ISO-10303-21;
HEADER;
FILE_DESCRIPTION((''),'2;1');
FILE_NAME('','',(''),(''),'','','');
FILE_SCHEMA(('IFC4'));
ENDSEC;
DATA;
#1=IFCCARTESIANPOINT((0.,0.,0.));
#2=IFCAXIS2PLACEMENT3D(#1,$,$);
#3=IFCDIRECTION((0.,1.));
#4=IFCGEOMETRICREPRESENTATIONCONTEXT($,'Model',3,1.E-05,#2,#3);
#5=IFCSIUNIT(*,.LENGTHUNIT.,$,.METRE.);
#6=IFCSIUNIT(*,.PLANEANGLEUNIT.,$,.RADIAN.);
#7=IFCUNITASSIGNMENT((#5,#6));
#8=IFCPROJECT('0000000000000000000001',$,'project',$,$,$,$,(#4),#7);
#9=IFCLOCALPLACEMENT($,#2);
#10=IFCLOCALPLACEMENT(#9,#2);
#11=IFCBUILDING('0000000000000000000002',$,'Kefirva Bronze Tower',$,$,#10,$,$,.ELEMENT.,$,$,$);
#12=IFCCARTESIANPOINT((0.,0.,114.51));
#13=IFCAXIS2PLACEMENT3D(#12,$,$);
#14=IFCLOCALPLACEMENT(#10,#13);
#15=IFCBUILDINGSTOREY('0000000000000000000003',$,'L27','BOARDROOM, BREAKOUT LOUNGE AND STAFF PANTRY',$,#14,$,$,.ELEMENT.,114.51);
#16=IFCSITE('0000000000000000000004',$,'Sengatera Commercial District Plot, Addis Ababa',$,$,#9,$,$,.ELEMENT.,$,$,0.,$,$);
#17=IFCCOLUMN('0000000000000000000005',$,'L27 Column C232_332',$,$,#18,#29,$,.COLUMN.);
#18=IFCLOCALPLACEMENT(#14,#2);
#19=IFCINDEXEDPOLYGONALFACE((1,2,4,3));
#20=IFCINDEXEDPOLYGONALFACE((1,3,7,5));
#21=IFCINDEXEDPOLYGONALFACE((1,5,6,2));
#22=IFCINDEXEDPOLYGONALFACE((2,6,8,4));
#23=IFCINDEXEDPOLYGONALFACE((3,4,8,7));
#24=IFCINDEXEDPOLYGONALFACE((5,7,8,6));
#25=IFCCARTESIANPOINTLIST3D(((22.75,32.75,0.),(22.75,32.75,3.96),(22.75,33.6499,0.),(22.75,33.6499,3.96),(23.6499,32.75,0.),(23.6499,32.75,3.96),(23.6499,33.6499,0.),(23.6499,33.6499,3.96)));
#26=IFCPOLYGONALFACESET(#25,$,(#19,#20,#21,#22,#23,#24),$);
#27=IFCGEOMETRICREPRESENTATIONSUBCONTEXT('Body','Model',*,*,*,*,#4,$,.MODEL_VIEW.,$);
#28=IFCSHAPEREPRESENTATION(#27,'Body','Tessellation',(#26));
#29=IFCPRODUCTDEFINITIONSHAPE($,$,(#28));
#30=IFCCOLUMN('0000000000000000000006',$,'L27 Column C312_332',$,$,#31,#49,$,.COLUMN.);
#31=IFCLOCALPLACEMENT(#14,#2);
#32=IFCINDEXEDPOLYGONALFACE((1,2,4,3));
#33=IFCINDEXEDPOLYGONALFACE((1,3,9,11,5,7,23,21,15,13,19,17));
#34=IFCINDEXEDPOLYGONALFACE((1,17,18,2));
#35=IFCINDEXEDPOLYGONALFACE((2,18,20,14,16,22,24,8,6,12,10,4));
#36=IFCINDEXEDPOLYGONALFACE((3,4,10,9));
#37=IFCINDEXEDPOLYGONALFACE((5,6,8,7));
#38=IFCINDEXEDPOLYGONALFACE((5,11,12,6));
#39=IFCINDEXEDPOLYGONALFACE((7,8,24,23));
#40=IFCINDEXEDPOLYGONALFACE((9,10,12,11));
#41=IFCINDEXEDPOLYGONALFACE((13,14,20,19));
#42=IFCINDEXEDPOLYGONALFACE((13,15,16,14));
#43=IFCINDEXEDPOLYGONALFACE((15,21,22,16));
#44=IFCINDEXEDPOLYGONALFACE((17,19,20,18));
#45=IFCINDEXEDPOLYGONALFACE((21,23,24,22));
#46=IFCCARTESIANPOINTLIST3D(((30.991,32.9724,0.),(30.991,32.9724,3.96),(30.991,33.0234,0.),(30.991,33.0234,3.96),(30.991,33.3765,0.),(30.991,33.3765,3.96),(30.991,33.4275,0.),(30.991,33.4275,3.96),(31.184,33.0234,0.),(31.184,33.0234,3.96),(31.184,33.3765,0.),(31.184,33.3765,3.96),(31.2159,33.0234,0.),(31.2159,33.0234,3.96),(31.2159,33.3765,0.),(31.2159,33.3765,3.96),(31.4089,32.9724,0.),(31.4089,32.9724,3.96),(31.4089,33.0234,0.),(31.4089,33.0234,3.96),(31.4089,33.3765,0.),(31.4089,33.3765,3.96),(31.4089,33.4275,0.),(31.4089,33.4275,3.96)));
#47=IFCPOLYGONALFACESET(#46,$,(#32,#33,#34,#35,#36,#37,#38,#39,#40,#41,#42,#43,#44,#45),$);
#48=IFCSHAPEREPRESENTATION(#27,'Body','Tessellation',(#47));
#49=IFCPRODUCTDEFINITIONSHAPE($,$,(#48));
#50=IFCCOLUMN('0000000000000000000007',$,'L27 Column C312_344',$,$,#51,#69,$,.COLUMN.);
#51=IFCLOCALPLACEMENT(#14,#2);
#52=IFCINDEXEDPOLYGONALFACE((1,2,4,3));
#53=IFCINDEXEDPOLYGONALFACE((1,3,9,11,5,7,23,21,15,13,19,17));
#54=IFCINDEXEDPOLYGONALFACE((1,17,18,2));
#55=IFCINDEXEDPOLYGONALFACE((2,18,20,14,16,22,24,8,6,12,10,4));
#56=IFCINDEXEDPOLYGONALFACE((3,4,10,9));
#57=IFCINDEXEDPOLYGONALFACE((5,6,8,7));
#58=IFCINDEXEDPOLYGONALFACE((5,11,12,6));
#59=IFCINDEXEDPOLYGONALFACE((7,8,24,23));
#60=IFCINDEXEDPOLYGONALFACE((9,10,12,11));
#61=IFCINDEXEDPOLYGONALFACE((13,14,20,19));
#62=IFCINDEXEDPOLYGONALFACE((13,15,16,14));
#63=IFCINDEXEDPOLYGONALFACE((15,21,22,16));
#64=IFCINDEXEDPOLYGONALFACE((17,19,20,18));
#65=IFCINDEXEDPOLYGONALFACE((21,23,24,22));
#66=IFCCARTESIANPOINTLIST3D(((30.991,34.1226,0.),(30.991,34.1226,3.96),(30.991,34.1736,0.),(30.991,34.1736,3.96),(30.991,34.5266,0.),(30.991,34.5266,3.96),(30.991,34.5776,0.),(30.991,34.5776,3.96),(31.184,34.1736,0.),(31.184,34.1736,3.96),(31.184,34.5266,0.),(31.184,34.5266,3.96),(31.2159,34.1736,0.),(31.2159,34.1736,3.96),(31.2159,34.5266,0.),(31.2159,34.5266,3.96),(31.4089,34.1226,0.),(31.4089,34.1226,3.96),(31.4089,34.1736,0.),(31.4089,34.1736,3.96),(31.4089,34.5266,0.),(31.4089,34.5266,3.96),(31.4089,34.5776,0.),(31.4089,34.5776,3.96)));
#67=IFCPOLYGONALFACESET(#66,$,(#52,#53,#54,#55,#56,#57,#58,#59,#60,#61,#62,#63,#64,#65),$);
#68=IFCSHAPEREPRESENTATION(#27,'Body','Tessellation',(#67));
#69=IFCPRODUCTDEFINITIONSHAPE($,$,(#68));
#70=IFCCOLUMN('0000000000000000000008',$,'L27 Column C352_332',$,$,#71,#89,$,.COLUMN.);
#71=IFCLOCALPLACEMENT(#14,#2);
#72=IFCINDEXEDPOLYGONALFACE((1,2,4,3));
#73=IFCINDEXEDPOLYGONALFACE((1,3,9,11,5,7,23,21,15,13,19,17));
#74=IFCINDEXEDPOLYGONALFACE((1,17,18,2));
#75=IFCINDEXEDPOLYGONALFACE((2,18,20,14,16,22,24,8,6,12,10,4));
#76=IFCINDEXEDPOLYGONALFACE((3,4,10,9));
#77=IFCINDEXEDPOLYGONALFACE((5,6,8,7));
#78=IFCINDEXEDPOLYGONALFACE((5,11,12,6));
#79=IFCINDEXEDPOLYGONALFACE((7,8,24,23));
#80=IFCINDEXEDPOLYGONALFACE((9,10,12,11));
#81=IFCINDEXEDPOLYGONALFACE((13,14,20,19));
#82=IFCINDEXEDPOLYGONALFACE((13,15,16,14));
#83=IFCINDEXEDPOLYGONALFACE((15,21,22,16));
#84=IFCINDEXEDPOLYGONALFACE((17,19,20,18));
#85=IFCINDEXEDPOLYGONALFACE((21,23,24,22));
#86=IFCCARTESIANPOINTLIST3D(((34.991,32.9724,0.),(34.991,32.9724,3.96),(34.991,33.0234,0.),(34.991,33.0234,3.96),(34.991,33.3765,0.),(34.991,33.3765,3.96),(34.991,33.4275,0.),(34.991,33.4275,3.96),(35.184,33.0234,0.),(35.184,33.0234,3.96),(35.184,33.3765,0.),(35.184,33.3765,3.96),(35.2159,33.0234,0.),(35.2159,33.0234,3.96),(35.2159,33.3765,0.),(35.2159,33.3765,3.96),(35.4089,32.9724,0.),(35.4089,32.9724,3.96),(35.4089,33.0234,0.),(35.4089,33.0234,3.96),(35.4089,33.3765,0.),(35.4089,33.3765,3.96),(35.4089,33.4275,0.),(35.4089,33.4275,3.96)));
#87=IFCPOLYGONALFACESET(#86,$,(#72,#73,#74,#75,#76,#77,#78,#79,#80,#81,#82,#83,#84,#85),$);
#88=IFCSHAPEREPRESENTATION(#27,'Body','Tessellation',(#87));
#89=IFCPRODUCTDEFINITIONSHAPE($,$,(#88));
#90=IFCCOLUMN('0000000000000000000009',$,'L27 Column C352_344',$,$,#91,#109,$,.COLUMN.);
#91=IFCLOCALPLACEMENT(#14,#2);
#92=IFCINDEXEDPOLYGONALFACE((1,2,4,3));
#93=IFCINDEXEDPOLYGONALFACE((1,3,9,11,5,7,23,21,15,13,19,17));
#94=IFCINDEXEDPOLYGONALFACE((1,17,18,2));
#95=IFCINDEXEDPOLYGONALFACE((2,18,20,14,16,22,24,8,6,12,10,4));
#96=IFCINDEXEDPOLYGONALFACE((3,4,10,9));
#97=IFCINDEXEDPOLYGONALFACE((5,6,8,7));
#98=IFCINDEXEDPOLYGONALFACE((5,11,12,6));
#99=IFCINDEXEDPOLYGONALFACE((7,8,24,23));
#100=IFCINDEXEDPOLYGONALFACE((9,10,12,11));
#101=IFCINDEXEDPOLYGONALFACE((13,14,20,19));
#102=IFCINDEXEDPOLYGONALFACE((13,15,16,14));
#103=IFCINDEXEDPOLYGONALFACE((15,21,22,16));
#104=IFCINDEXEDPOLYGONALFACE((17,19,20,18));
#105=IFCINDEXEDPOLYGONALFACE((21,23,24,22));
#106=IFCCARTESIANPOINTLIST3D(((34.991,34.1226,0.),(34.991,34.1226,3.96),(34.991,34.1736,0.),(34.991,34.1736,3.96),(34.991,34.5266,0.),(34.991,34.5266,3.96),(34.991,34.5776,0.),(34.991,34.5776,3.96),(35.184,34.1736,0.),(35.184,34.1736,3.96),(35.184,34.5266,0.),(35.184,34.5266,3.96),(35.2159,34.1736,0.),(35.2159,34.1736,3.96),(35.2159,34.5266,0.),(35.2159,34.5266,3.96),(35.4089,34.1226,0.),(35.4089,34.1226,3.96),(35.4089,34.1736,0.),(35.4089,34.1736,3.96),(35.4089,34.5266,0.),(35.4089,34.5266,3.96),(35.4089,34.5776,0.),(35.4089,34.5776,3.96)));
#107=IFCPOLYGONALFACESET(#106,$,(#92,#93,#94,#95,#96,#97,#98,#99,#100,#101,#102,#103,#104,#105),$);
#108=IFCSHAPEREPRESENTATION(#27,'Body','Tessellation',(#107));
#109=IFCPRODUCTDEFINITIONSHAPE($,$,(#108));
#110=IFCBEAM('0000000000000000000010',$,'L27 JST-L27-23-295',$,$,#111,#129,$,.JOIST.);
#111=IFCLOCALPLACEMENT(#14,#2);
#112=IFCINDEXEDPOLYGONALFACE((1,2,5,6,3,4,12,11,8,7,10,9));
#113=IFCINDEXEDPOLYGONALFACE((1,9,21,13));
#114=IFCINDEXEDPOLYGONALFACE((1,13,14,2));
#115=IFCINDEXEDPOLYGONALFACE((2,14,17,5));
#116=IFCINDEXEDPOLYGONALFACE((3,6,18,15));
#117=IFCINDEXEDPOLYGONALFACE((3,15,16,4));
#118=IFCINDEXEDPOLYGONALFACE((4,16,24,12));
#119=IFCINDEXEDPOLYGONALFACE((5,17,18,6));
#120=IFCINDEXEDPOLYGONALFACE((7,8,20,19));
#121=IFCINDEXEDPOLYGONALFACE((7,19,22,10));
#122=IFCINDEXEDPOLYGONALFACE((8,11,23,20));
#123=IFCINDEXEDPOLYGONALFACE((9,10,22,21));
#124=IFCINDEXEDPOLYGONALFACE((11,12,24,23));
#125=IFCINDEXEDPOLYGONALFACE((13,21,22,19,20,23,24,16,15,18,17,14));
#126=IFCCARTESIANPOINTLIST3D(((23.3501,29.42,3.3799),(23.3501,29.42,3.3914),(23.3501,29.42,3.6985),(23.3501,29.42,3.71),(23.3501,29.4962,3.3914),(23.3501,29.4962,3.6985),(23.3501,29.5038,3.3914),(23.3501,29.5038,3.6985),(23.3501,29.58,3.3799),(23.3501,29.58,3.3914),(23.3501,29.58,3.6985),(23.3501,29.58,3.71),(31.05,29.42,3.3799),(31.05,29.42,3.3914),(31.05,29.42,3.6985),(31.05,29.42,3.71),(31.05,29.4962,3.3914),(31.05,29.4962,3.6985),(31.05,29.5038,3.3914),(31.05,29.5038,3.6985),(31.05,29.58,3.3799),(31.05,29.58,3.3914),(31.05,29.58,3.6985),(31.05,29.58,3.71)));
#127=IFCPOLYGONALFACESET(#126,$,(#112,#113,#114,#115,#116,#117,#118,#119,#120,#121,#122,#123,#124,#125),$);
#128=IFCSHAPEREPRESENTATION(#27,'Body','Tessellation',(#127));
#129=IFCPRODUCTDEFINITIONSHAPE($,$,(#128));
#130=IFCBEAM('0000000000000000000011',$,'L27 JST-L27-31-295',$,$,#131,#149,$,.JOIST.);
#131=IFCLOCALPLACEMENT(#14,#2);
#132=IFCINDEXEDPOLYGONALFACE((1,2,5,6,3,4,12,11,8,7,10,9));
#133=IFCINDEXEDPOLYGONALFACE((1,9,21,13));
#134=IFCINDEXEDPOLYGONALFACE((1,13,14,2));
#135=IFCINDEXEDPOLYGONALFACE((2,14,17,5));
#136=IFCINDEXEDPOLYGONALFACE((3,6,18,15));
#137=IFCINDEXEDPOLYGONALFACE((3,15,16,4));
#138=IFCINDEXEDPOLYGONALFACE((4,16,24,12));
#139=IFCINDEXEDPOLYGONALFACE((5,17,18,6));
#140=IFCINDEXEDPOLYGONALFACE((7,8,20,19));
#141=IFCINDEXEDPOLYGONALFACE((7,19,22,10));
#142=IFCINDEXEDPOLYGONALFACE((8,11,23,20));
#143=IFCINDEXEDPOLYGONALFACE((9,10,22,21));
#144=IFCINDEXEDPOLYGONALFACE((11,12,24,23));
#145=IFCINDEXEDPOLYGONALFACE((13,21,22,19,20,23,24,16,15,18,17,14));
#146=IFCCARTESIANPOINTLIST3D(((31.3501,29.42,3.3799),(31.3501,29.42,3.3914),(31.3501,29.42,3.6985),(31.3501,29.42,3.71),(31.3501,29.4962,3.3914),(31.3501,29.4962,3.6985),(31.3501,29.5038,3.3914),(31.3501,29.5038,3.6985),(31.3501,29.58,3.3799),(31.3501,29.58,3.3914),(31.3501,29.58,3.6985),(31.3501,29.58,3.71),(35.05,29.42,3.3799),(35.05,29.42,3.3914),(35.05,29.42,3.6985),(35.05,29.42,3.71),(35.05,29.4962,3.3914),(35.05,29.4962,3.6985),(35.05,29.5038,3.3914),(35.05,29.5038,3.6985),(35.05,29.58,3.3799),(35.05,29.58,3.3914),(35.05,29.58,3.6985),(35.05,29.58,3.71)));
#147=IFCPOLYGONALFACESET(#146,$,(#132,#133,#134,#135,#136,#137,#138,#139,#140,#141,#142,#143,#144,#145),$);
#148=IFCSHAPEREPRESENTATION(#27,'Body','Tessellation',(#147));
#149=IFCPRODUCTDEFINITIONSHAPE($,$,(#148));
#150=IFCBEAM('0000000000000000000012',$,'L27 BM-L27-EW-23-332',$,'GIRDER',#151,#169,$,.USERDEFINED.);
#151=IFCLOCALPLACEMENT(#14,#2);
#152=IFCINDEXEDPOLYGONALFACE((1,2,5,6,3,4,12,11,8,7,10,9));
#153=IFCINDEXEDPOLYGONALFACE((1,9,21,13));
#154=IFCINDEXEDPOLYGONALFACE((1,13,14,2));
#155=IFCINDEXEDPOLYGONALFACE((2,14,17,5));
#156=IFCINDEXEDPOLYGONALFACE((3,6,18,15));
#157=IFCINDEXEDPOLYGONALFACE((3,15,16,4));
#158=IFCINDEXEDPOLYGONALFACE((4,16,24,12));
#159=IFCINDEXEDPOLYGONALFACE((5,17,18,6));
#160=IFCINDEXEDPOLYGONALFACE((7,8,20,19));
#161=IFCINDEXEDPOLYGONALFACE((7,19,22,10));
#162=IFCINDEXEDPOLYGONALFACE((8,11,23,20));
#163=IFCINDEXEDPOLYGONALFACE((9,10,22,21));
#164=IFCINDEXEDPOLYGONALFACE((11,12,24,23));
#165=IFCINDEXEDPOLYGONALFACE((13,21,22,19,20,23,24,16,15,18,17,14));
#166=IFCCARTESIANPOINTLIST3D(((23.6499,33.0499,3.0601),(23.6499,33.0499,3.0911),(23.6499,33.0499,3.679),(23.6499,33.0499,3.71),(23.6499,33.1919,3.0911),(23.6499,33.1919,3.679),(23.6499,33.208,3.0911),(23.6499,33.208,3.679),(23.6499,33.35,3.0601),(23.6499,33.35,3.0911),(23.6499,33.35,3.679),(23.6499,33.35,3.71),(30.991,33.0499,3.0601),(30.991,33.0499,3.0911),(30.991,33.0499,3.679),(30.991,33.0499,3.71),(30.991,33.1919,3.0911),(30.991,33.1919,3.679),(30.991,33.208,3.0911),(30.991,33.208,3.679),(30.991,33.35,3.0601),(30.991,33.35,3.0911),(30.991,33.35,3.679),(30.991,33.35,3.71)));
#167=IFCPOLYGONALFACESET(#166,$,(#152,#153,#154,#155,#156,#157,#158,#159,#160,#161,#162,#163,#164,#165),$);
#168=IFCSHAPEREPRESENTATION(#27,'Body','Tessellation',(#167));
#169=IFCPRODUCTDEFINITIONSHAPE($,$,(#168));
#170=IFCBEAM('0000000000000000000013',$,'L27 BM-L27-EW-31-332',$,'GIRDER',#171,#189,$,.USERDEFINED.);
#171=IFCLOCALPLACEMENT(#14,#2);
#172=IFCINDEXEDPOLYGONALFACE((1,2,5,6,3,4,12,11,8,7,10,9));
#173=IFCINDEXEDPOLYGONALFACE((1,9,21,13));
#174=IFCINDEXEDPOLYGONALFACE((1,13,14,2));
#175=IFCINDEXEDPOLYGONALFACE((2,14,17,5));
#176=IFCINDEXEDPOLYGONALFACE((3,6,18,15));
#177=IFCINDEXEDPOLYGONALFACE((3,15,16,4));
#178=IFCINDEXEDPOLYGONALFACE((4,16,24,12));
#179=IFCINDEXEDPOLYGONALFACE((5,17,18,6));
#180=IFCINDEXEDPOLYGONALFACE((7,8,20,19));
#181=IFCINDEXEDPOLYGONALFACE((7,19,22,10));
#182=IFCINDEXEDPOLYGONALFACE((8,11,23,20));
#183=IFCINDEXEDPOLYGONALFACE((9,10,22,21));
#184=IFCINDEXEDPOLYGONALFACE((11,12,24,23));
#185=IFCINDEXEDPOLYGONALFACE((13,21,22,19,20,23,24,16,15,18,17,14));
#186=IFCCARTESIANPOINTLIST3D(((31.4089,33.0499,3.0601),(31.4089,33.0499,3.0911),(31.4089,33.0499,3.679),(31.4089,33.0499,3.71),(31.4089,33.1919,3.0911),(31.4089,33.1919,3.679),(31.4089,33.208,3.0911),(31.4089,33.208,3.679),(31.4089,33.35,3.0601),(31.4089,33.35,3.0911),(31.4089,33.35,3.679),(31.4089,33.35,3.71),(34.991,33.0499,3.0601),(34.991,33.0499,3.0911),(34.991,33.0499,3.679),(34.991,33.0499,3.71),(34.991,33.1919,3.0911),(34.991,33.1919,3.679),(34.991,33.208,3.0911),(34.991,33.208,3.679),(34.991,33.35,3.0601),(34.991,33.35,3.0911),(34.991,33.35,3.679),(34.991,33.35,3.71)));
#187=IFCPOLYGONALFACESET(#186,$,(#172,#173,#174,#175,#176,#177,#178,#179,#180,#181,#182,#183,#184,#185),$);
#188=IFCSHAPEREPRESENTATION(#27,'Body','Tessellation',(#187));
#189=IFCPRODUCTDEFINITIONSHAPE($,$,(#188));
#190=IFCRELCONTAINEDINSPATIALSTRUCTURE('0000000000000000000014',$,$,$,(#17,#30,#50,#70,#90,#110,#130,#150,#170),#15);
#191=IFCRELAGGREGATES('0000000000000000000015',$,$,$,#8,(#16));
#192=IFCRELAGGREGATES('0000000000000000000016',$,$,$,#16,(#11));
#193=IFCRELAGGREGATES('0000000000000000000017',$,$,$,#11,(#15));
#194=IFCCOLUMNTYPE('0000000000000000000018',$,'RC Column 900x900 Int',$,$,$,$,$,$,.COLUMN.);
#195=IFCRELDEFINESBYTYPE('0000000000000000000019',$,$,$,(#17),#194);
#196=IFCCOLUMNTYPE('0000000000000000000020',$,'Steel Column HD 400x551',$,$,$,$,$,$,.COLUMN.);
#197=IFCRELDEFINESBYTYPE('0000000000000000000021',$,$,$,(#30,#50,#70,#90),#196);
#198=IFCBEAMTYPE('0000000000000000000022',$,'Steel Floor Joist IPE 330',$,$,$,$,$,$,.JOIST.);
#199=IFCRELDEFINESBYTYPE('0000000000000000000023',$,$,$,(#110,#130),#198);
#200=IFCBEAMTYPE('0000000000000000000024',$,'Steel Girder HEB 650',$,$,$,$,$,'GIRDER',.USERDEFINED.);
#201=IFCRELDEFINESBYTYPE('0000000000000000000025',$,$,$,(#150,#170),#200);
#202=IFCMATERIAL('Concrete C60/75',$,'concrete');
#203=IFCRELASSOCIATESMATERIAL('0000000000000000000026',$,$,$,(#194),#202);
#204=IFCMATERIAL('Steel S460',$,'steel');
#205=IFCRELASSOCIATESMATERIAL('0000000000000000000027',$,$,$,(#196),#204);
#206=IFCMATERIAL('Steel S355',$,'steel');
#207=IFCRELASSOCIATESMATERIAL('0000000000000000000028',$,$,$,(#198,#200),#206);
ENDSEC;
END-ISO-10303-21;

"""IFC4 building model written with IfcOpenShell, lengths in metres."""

from ifc_helpers import new_model, si_unit, direction, frame, origin, origin_2d, place, context, subcontext, project, spatial, rectangle, i_section, extrude, material, material_profile, profile_set, type_object, element, save


model = new_model("IFC4")

# Units and contexts
model_context = context("Model", 3, precision=1e-05, world=origin(), true_north=direction((0.0, 1.0)))
body_context = subcontext(model_context, "Body", "Model", "MODEL_VIEW")
ifc_project = project(units=[si_unit("LENGTHUNIT", "METRE"), si_unit("PLANEANGLEUNIT", "RADIAN")], contexts=[model_context])

# Site, building, storey
site_placement = place(None, origin())
site = spatial("IfcSite", under=ifc_project, at=site_placement, Name="Sengatera Commercial District Plot, Addis Ababa", CompositionType="ELEMENT", RefElevation=0.0)
building_placement = place(site_placement, origin())
building = spatial("IfcBuilding", under=site, at=building_placement, Name="Kefirva Bronze Tower", CompositionType="ELEMENT")
storey_placement = place(building_placement, frame((0.0, 0.0, 114.51)))
storey = spatial("IfcBuildingStorey", under=building, at=storey_placement, Name="L27", Description="BOARDROOM, BREAKOUT LOUNGE AND STAFF PANTRY", CompositionType="ELEMENT", Elevation=114.51)

# Columns
ifc_material_1 = material(Name="Concrete C60/75", Category="concrete")
ifc_material_profile_1 = material_profile(ifc_material_1, rectangle(XDim=0.8999, YDim=0.8999, at=origin_2d()), Name="RC 900x900")
ifc_profile_set_1 = profile_set([ifc_material_profile_1], Name="Concrete C60/75")
column_type_1 = type_object("IfcColumnType", Name="RC Column 900x900 Int", PredefinedType="COLUMN", material=ifc_profile_set_1)
column_placement = place(storey_placement, frame((23.2, 33.2, 0.0), z_axis=(0.0, 0.0, 1.0), x_axis=(1.0, 0.0, 0.0)))
element("IfcColumn", 1, at=column_placement, inside=storey, type_object=column_type_1, Name="L27 Column C232_332", PredefinedType="COLUMN", context=body_context, shape_type="SweptSolid", body=[
    extrude(rectangle(XDim=0.8999, YDim=0.8999, at=origin_2d()), origin(), (0.0, 0.0, 1.0), 3.96),
])
ifc_material_2 = material(Name="Steel S460", Category="steel")
ifc_material_profile_2 = material_profile(ifc_material_2, i_section(OverallWidth=0.418, OverallDepth=0.4551, WebThickness=0.032, FlangeThickness=0.051, at=origin_2d()), Name="HD 400x551")
ifc_profile_set_2 = profile_set([ifc_material_profile_2], Name="Steel S460")
column_type_2 = type_object("IfcColumnType", Name="Steel Column HD 400x551", PredefinedType="COLUMN", material=ifc_profile_set_2)
for number, where, z_axis, x_axis, name in (
    (2, (31.2, 33.2, 0.0), (0.0, 0.0, 1.0), (1.0, 0.0, 0.0), "L27 Column C312_332"),
    (3, (31.2, 34.3501, 0.0), (0.0, 0.0, 1.0), (1.0, 0.0, 0.0), "L27 Column C312_344"),
    (4, (35.2, 33.2, 0.0), (0.0, 0.0, 1.0), (1.0, 0.0, 0.0), "L27 Column C352_332"),
    (5, (35.2, 34.3501, 0.0), (0.0, 0.0, 1.0), (1.0, 0.0, 0.0), "L27 Column C352_344"),
):
    element("IfcColumn", number, at=place(storey_placement, frame(where, z_axis=z_axis, x_axis=x_axis)), inside=storey, type_object=column_type_2, Name=name, PredefinedType="COLUMN", context=body_context, shape_type="SweptSolid", body=[
        extrude(i_section(OverallWidth=0.418, OverallDepth=0.4551, WebThickness=0.032, FlangeThickness=0.051, at=origin_2d()), origin(), (0.0, 0.0, 1.0), 3.96),
    ])

# Beams
ifc_material_3 = material(Name="Steel S355", Category="steel")
ifc_material_profile_3 = material_profile(ifc_material_3, i_section(OverallWidth=0.1599, OverallDepth=0.3301, WebThickness=0.0076, FlangeThickness=0.0115, at=origin_2d()), Name="IPE 330")
ifc_profile_set_3 = profile_set([ifc_material_profile_3], Name="Steel S355")
beam_type_1 = type_object("IfcBeamType", Name="Steel Floor Joist IPE 330", PredefinedType="JOIST", material=ifc_profile_set_3)
beam_1_placement = place(storey_placement, frame((23.3501, 29.5, 3.5449), z_axis=(1.0, 0.0, 0.0), x_axis=(0.0, 1.0, 0.0)))
element("IfcBeam", 6, at=beam_1_placement, inside=storey, type_object=beam_type_1, Name="L27 JST-L27-23-295", PredefinedType="JOIST", context=body_context, shape_type="SweptSolid", body=[
    extrude(i_section(OverallWidth=0.1599, OverallDepth=0.3301, WebThickness=0.0076, FlangeThickness=0.0115, at=origin_2d()), origin(), (0.0, 0.0, 1.0), 7.7),
])
beam_2_placement = place(storey_placement, frame((31.3501, 29.5, 3.5449), z_axis=(1.0, 0.0, 0.0), x_axis=(0.0, 1.0, 0.0)))
element("IfcBeam", 7, at=beam_2_placement, inside=storey, type_object=beam_type_1, Name="L27 JST-L27-31-295", PredefinedType="JOIST", context=body_context, shape_type="SweptSolid", body=[
    extrude(i_section(OverallWidth=0.1599, OverallDepth=0.3301, WebThickness=0.0076, FlangeThickness=0.0115, at=origin_2d()), origin(), (0.0, 0.0, 1.0), 3.7),
])
ifc_material_profile_4 = material_profile(ifc_material_3, i_section(OverallWidth=0.3, OverallDepth=0.6499, WebThickness=0.0161, FlangeThickness=0.031, at=origin_2d()), Name="HEB 650")
ifc_profile_set_4 = profile_set([ifc_material_profile_4], Name="Steel S355")
beam_type_2 = type_object("IfcBeamType", Name="Steel Girder HEB 650", ElementType="GIRDER", PredefinedType="USERDEFINED", material=ifc_profile_set_4)
beam_3_placement = place(storey_placement, frame((23.6499, 33.2, 3.385), z_axis=(1.0, 0.0, 0.0), x_axis=(0.0, 1.0, 0.0)))
element("IfcBeam", 8, at=beam_3_placement, inside=storey, type_object=beam_type_2, Name="L27 BM-L27-EW-23-332", ObjectType="GIRDER", PredefinedType="USERDEFINED", context=body_context, shape_type="SweptSolid", body=[
    extrude(i_section(OverallWidth=0.3, OverallDepth=0.6499, WebThickness=0.0161, FlangeThickness=0.031, at=origin_2d()), origin(), (0.0, 0.0, 1.0), 7.3411),
])
for number, where, z_axis, x_axis, name in (
    (9, (31.4089, 33.2, 3.385), (1.0, 0.0, 0.0), (0.0, 1.0, 0.0), "L27 BM-L27-EW-31-332"),
):
    element("IfcBeam", number, at=place(storey_placement, frame(where, z_axis=z_axis, x_axis=x_axis)), inside=storey, type_object=beam_type_2, Name=name, ObjectType="GIRDER", PredefinedType="USERDEFINED", context=body_context, shape_type="SweptSolid", body=[
        extrude(i_section(OverallWidth=0.3, OverallDepth=0.6499, WebThickness=0.0161, FlangeThickness=0.031, at=origin_2d()), origin(), (0.0, 0.0, 1.0), 3.582),
    ])

save(model, "model.ifc")
